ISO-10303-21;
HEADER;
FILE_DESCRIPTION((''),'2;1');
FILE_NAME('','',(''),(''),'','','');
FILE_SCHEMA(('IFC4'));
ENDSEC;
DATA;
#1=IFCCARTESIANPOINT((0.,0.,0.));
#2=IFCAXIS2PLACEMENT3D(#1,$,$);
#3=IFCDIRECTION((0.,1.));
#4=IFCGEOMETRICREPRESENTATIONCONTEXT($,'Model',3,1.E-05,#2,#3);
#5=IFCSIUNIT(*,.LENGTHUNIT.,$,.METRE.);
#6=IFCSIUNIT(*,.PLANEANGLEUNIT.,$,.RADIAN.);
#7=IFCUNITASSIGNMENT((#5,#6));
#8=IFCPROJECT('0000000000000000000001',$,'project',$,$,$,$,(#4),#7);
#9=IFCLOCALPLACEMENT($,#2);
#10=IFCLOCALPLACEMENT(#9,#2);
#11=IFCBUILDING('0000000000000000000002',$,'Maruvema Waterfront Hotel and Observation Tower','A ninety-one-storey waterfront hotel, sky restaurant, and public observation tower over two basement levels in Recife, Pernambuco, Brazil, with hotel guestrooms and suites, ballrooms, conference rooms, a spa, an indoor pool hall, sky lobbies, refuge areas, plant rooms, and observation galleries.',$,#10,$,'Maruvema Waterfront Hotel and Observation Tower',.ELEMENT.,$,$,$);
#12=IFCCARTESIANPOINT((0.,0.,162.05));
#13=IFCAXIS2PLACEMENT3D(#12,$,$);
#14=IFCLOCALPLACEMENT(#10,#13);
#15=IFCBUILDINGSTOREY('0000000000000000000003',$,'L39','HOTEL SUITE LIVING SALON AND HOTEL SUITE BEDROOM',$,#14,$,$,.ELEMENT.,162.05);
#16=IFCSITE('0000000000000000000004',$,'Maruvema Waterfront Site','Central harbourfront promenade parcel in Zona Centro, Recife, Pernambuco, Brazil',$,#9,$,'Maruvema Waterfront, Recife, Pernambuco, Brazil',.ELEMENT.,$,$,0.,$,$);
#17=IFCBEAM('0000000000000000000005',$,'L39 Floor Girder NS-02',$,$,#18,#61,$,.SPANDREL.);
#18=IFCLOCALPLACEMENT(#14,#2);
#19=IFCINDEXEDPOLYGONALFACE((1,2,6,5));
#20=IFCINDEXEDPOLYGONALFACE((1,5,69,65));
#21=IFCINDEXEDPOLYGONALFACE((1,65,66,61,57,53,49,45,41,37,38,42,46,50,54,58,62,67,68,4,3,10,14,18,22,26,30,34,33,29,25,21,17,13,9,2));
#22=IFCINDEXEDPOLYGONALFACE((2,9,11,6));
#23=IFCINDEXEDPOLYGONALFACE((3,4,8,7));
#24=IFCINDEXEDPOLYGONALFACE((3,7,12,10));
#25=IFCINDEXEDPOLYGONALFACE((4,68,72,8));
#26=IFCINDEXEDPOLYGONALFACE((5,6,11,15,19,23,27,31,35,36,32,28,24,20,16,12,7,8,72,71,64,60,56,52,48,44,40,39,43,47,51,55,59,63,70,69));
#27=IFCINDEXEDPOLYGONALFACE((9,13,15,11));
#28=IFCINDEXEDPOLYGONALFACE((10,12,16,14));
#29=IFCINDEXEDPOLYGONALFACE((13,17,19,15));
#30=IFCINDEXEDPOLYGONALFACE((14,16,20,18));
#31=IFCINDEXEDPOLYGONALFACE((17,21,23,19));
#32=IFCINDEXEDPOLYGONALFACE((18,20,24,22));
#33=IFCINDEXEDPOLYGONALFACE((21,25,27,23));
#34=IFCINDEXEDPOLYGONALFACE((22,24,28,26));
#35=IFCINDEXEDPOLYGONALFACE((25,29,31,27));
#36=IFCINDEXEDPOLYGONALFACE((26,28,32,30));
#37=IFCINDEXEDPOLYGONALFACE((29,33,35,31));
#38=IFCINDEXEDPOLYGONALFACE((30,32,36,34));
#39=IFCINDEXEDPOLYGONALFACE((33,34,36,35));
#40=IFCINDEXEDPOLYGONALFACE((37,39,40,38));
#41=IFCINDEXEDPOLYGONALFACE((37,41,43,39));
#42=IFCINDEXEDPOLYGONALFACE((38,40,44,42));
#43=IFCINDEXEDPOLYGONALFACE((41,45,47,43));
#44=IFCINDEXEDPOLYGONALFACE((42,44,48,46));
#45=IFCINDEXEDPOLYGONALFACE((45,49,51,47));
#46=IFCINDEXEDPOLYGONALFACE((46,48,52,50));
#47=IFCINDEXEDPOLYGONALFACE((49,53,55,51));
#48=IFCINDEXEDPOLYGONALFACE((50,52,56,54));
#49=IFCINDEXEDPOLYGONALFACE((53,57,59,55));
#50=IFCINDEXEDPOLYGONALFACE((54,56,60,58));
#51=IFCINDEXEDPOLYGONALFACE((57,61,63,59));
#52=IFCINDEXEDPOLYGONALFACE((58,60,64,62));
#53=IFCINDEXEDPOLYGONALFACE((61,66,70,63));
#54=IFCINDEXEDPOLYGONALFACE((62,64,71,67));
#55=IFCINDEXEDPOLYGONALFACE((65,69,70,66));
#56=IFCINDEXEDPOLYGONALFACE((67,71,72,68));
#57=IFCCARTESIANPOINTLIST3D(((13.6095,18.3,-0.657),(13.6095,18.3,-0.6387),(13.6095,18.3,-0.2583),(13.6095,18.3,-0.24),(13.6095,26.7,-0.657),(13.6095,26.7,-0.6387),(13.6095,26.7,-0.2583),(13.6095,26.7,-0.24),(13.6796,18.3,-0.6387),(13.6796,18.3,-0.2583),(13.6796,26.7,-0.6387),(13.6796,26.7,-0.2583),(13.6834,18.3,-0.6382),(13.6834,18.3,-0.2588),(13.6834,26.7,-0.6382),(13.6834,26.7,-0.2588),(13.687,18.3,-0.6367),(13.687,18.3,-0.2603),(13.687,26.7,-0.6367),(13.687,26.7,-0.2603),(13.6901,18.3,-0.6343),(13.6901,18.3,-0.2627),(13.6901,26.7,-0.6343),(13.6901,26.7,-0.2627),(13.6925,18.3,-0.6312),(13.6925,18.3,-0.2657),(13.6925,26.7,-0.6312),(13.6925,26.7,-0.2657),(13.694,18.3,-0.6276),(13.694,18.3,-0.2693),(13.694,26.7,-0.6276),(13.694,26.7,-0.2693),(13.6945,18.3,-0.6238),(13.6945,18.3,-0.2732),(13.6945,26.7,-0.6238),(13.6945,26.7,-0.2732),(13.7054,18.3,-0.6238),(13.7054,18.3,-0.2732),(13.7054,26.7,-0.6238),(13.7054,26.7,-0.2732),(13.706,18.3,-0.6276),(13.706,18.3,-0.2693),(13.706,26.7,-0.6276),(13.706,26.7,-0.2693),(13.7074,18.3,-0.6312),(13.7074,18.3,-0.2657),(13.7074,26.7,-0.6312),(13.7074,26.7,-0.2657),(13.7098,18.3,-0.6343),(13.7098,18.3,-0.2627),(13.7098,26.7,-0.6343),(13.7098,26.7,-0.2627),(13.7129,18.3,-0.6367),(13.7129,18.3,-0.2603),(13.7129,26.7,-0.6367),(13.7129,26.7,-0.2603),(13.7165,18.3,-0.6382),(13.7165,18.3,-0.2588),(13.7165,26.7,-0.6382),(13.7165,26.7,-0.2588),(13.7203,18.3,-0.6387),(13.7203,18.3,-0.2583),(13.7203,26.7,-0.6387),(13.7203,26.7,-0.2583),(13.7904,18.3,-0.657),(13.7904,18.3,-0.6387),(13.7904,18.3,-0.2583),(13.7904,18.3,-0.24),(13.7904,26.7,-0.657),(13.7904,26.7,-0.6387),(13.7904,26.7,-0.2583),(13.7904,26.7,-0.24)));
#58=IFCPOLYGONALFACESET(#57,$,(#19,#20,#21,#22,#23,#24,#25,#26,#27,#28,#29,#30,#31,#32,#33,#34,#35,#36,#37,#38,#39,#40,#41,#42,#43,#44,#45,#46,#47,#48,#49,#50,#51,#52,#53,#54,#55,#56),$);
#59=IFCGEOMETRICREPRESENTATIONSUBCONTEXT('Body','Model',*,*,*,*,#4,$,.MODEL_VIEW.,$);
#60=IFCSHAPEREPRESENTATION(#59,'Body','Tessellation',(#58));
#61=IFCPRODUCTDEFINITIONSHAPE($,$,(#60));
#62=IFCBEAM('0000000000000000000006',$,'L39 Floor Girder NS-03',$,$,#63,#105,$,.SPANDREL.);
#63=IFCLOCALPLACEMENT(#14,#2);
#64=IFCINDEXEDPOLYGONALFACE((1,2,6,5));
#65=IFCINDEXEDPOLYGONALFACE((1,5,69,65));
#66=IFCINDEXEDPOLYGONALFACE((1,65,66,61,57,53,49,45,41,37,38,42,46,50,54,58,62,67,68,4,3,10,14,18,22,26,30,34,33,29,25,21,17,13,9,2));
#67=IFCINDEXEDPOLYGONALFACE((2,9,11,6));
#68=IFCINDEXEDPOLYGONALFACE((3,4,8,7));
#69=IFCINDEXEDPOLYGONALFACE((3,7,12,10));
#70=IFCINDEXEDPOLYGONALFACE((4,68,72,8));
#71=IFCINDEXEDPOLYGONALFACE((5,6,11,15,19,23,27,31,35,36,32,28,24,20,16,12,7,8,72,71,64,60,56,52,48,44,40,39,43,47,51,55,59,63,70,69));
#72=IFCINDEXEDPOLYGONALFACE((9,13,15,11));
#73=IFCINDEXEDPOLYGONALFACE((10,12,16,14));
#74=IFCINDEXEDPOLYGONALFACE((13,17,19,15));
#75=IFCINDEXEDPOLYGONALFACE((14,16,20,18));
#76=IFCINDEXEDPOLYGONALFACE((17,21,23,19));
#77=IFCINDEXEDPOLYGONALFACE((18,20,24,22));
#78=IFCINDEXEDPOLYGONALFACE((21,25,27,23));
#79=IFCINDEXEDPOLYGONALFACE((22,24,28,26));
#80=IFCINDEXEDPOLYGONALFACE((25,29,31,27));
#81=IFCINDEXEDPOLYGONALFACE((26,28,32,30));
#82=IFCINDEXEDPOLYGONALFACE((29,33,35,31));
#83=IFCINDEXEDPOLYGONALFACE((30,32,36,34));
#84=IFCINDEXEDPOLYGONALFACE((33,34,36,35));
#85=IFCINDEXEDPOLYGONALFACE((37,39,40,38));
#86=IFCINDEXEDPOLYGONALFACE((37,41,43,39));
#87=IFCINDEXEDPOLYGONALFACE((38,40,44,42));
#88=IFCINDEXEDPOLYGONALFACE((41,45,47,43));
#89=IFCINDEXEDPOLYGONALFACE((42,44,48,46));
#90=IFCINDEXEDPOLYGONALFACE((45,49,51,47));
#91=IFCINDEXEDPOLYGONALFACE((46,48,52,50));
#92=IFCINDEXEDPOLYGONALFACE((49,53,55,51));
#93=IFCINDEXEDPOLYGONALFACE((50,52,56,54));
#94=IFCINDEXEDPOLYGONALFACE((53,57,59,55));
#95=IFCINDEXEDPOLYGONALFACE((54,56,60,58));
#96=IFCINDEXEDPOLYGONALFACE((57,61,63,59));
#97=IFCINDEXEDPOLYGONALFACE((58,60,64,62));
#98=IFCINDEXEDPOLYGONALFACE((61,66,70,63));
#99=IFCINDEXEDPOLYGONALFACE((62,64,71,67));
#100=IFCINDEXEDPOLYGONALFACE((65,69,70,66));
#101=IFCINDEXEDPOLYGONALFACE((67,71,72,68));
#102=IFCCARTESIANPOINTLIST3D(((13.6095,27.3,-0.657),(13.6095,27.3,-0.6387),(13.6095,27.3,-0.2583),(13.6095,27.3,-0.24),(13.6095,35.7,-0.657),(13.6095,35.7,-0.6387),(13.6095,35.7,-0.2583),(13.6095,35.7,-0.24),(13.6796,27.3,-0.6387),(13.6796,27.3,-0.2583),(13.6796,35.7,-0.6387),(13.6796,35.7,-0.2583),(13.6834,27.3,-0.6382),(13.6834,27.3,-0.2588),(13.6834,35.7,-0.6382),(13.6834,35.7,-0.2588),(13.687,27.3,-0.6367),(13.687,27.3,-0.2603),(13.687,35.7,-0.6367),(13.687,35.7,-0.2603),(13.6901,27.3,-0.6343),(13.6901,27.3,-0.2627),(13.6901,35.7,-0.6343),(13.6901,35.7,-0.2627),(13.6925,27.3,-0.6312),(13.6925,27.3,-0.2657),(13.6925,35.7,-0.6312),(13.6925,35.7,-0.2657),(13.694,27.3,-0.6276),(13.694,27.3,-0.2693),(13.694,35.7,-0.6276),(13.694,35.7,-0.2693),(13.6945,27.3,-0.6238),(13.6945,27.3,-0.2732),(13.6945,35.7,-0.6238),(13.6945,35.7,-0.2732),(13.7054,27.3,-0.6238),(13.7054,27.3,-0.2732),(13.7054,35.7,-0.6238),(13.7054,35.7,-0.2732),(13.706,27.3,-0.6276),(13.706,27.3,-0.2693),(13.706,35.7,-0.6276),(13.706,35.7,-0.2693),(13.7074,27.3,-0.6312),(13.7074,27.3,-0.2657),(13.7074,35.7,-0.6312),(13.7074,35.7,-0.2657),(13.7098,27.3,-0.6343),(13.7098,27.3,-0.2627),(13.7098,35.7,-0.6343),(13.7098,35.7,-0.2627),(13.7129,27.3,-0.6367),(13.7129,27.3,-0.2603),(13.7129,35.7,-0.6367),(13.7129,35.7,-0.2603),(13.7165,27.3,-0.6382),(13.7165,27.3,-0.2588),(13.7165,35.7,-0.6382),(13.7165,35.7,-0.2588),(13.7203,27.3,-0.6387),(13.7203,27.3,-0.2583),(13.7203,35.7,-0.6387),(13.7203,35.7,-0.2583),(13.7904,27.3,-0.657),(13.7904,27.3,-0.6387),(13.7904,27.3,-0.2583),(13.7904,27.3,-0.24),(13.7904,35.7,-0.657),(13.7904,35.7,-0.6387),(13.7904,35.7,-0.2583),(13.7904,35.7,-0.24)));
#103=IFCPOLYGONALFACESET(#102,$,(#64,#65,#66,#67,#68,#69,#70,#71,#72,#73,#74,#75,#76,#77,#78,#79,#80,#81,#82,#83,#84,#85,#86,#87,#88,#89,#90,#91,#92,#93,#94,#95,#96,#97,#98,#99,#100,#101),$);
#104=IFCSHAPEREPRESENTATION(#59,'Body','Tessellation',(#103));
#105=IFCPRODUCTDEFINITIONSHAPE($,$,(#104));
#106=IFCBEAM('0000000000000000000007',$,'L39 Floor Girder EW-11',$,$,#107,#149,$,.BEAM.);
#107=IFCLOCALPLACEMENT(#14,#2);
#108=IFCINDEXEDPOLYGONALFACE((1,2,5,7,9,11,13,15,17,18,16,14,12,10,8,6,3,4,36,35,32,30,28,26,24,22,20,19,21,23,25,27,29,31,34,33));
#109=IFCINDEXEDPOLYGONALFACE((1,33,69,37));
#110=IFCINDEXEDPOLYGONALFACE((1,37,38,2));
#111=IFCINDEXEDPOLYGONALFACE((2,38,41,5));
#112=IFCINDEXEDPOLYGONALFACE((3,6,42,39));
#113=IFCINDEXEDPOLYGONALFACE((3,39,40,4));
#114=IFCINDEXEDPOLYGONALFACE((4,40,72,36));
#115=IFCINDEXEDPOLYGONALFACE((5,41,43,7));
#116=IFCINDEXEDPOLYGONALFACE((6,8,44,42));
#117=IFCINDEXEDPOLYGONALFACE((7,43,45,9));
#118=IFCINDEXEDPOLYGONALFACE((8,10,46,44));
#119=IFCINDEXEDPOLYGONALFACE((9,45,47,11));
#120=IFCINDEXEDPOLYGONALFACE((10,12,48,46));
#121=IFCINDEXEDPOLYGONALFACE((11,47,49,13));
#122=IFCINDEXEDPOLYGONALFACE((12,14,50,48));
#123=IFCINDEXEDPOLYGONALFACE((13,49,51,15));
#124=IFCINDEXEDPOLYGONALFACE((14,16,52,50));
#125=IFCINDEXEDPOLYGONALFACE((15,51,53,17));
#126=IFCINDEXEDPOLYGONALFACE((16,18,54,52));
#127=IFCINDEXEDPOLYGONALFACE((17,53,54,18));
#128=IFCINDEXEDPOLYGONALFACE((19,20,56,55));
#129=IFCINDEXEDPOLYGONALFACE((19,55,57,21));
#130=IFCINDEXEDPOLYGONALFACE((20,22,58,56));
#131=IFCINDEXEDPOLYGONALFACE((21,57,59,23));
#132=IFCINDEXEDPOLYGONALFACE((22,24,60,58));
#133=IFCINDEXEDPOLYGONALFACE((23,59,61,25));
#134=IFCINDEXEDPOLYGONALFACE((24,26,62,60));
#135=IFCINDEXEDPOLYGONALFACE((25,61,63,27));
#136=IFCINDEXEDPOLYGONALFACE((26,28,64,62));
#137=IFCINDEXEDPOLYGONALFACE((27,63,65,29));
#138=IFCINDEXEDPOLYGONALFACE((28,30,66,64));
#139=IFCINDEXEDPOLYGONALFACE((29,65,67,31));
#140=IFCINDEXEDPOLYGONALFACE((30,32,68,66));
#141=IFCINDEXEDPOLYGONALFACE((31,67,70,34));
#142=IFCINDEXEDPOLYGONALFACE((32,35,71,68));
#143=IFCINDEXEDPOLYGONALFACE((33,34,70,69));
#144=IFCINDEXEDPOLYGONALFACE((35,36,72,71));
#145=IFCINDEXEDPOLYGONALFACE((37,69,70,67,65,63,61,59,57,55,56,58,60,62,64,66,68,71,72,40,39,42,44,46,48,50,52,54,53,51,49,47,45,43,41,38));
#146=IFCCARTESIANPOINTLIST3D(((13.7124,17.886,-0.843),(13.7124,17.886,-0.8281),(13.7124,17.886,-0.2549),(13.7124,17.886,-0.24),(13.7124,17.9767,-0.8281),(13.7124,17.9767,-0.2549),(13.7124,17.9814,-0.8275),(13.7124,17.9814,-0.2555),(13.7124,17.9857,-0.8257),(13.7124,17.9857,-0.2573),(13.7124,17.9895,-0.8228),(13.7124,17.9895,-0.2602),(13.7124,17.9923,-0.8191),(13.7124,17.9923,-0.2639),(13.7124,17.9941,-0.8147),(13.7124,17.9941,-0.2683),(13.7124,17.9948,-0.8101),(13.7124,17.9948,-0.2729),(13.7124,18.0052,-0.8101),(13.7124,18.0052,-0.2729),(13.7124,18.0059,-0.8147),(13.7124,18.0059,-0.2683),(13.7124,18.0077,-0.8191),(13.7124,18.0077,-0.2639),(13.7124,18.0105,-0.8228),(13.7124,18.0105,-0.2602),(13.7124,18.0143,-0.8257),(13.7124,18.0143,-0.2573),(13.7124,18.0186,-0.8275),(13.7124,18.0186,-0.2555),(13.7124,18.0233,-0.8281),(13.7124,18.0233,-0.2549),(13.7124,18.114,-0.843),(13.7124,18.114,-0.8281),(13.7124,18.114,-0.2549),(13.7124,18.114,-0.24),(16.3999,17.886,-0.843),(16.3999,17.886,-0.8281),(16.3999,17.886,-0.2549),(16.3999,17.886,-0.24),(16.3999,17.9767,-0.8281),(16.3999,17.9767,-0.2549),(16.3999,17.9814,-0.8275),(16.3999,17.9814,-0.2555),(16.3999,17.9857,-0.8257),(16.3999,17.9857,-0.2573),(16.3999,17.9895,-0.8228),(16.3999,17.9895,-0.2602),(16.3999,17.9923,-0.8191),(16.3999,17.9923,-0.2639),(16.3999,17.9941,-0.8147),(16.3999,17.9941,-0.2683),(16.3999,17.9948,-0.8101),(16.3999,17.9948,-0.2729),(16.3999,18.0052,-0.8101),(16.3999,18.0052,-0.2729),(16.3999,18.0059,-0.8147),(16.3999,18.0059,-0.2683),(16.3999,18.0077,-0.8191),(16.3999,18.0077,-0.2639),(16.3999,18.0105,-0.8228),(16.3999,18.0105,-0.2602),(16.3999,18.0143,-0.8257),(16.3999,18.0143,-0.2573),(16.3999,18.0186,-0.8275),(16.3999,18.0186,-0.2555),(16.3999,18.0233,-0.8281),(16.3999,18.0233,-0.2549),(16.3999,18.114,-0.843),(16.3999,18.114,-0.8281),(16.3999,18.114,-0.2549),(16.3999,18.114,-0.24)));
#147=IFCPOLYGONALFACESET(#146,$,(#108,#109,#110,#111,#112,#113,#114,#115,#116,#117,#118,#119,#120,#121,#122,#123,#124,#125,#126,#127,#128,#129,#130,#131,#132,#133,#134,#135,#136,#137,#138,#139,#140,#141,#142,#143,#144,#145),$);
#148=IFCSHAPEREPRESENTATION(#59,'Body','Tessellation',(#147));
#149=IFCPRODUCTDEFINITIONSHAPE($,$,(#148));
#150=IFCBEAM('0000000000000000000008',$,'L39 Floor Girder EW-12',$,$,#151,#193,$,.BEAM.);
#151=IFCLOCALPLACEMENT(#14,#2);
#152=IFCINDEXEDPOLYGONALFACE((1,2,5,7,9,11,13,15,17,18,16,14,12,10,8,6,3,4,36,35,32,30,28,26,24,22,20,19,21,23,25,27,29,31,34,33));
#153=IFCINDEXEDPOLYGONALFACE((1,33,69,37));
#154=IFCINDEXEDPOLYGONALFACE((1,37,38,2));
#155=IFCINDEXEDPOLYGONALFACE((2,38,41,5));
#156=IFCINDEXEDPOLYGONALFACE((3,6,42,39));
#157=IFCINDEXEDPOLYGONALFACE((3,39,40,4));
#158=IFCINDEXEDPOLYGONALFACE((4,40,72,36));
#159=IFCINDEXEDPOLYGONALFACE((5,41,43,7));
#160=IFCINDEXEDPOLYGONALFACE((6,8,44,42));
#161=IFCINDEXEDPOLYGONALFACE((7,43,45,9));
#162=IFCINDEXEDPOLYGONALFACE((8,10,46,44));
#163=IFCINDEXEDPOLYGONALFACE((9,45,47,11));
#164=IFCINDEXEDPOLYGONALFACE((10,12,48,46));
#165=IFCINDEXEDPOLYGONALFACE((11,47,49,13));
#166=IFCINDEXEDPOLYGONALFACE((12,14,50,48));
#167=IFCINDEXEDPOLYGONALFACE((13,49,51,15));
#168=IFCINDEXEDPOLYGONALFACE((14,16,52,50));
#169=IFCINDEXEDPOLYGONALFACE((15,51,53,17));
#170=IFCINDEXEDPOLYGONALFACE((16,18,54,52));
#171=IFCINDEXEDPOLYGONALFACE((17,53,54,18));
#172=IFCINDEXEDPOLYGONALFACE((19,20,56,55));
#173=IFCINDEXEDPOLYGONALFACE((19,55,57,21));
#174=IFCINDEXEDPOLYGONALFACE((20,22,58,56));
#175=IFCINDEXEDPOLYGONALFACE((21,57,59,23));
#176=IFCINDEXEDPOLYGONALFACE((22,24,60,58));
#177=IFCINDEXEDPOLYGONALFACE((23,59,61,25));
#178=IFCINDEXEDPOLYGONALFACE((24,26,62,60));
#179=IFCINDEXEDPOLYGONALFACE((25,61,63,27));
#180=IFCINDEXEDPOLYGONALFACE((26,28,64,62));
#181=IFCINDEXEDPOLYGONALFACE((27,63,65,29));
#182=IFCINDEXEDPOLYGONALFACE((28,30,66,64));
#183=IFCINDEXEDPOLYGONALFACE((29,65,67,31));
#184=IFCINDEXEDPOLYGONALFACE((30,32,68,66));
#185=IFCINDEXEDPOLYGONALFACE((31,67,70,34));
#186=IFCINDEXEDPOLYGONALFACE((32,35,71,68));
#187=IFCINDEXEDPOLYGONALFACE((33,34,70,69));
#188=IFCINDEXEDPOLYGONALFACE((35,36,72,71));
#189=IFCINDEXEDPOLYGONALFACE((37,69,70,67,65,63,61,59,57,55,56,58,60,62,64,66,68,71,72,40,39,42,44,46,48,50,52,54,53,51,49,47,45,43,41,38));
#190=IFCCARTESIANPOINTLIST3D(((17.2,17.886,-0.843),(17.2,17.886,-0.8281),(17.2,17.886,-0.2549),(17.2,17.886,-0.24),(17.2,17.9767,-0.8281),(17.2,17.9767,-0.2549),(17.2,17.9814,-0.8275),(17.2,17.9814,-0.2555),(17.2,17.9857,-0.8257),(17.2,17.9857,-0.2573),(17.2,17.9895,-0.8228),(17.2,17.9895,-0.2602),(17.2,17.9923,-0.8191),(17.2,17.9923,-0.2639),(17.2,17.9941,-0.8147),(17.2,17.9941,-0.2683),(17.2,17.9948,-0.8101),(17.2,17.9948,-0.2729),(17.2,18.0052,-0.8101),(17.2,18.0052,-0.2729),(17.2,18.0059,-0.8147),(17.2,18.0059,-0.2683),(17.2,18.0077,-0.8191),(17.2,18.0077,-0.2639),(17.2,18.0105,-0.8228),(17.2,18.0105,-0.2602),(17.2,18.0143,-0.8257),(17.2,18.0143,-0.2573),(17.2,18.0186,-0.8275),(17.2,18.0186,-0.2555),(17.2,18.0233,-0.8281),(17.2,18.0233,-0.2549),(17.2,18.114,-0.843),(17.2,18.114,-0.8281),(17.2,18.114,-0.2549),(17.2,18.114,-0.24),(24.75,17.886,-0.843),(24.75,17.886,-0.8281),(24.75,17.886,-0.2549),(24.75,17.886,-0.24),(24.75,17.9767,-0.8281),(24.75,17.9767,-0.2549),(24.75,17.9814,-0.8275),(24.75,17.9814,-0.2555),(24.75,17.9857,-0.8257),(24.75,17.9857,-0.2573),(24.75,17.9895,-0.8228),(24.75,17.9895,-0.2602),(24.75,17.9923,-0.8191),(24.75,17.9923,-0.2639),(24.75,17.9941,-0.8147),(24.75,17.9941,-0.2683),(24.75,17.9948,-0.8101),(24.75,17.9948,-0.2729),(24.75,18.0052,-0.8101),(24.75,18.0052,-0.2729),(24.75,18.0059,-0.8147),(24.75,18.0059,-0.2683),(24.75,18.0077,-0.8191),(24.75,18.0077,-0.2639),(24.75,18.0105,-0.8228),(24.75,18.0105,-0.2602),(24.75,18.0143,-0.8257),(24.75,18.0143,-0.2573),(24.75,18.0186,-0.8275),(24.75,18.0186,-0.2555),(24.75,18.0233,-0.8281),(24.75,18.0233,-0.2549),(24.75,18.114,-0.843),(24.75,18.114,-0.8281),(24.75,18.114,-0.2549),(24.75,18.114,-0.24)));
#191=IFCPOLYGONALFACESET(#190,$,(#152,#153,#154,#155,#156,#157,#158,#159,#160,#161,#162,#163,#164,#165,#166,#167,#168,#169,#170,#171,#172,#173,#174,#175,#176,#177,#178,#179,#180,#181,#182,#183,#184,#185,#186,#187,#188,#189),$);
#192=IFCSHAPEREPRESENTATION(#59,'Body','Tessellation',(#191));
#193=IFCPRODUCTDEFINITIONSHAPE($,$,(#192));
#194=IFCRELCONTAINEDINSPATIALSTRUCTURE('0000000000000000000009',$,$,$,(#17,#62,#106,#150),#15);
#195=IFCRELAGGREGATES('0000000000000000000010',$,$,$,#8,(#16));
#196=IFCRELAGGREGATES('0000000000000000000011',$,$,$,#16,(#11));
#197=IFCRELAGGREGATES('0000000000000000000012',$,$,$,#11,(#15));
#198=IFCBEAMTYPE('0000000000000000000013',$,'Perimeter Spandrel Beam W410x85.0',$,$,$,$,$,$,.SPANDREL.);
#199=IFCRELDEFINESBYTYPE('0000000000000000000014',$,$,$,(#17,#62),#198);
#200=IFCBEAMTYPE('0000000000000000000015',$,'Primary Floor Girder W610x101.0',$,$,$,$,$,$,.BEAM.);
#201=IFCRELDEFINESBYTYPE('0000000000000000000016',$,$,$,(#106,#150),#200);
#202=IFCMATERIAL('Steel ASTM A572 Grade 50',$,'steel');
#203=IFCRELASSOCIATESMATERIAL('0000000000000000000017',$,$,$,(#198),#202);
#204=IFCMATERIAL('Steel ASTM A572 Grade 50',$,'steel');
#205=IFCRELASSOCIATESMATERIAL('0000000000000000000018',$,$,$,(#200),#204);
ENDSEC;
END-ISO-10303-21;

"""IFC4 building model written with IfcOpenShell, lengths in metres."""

from ifc_helpers import new_model, si_unit, direction, frame, origin, origin_2d, place, context, subcontext, project, spatial, i_section, extrude, material, material_profile, profile_set, type_object, element, save


model = new_model("IFC4")

# Units and contexts
model_context = context("Model", 3, precision=1e-05, world=origin(), true_north=direction((0.0, 1.0)))
body_context = subcontext(model_context, "Body", "Model", "MODEL_VIEW")
ifc_project = project(units=[si_unit("LENGTHUNIT", "METRE"), si_unit("PLANEANGLEUNIT", "RADIAN")], contexts=[model_context])

# Site, building, storey
site_placement = place(None, origin())
site = spatial("IfcSite", under=ifc_project, at=site_placement, Name="Maruvema Waterfront Site", Description="Central harbourfront promenade parcel in Zona Centro, Recife, Pernambuco, Brazil", LongName="Maruvema Waterfront, Recife, Pernambuco, Brazil", CompositionType="ELEMENT", RefElevation=0.0)
building_placement = place(site_placement, origin())
building = spatial("IfcBuilding", under=site, at=building_placement, Name="Maruvema Waterfront Hotel and Observation Tower", Description="A ninety-one-storey waterfront hotel, sky restaurant, and public observation tower over two basement levels in Recife, Pernambuco, Brazil, with hotel guestrooms and suites, ballrooms, conference rooms, a spa, an indoor pool hall, sky lobbies, refuge areas, plant rooms, and observation galleries.", LongName="Maruvema Waterfront Hotel and Observation Tower", CompositionType="ELEMENT")
storey_placement = place(building_placement, frame((0.0, 0.0, 162.05)))
storey = spatial("IfcBuildingStorey", under=building, at=storey_placement, Name="L39", Description="HOTEL SUITE LIVING SALON AND HOTEL SUITE BEDROOM", CompositionType="ELEMENT", Elevation=162.05)

# Beams
ifc_material_1 = material(Name="Steel ASTM A572 Grade 50", Category="steel")
ifc_material_profile_1 = material_profile(ifc_material_1, i_section(OverallWidth=0.1809, OverallDepth=0.417, WebThickness=0.011, FlangeThickness=0.0183, FilletRadius=0.0149, at=origin_2d()), Name="W410x85.0")
ifc_profile_set_1 = profile_set([ifc_material_profile_1], Name="Steel ASTM A572 Grade 50")
beam_type_1 = type_object("IfcBeamType", Name="Perimeter Spandrel Beam W410x85.0", PredefinedType="SPANDREL", material=ifc_profile_set_1)
for number, where, z_axis, x_axis, name in (
    (1, (13.7, 18.3, -0.4485), (0.0, 1.0, 0.0), (-1.0, 0.0, 0.0), "L39 Floor Girder NS-02"),
    (2, (13.7, 27.3, -0.4485), (0.0, 1.0, 0.0), (-1.0, 0.0, 0.0), "L39 Floor Girder NS-03"),
):
    element("IfcBeam", number, at=place(storey_placement, frame(where, z_axis=z_axis, x_axis=x_axis)), inside=storey, type_object=beam_type_1, Name=name, PredefinedType="SPANDREL", context=body_context, shape_type="SweptSolid", body=[
        extrude(i_section(OverallWidth=0.1809, OverallDepth=0.417, WebThickness=0.011, FlangeThickness=0.0183, FilletRadius=0.0149, at=origin_2d()), origin(), (0.0, 0.0, 1.0), 8.3999),
    ])
ifc_material_2 = material(Name="Steel ASTM A572 Grade 50", Category="steel")
ifc_material_profile_2 = material_profile(ifc_material_2, i_section(OverallWidth=0.228, OverallDepth=0.603, WebThickness=0.0105, FlangeThickness=0.0149, FilletRadius=0.0181, at=origin_2d()), Name="W610x101.0")
ifc_profile_set_2 = profile_set([ifc_material_profile_2], Name="Steel ASTM A572 Grade 50")
beam_type_2 = type_object("IfcBeamType", Name="Primary Floor Girder W610x101.0", PredefinedType="BEAM", material=ifc_profile_set_2)
beam_1_placement = place(storey_placement, frame((13.7124, 18.0, -0.5415), z_axis=(1.0, 0.0, 0.0), x_axis=(0.0, 1.0, 0.0)))
element("IfcBeam", 3, at=beam_1_placement, inside=storey, type_object=beam_type_2, Name="L39 Floor Girder EW-11", PredefinedType="BEAM", context=body_context, shape_type="SweptSolid", body=[
    extrude(i_section(OverallWidth=0.228, OverallDepth=0.603, WebThickness=0.0105, FlangeThickness=0.0149, FilletRadius=0.0181, at=origin_2d()), origin(), (0.0, 0.0, 1.0), 2.6875),
])
beam_2_placement = place(storey_placement, frame((17.2, 18.0, -0.5415), z_axis=(1.0, 0.0, 0.0), x_axis=(0.0, 1.0, 0.0)))
element("IfcBeam", 4, at=beam_2_placement, inside=storey, type_object=beam_type_2, Name="L39 Floor Girder EW-12", PredefinedType="BEAM", context=body_context, shape_type="SweptSolid", body=[
    extrude(i_section(OverallWidth=0.228, OverallDepth=0.603, WebThickness=0.0105, FlangeThickness=0.0149, FilletRadius=0.0181, at=origin_2d()), origin(), (0.0, 0.0, 1.0), 7.55),
])

save(model, "model.ifc")
